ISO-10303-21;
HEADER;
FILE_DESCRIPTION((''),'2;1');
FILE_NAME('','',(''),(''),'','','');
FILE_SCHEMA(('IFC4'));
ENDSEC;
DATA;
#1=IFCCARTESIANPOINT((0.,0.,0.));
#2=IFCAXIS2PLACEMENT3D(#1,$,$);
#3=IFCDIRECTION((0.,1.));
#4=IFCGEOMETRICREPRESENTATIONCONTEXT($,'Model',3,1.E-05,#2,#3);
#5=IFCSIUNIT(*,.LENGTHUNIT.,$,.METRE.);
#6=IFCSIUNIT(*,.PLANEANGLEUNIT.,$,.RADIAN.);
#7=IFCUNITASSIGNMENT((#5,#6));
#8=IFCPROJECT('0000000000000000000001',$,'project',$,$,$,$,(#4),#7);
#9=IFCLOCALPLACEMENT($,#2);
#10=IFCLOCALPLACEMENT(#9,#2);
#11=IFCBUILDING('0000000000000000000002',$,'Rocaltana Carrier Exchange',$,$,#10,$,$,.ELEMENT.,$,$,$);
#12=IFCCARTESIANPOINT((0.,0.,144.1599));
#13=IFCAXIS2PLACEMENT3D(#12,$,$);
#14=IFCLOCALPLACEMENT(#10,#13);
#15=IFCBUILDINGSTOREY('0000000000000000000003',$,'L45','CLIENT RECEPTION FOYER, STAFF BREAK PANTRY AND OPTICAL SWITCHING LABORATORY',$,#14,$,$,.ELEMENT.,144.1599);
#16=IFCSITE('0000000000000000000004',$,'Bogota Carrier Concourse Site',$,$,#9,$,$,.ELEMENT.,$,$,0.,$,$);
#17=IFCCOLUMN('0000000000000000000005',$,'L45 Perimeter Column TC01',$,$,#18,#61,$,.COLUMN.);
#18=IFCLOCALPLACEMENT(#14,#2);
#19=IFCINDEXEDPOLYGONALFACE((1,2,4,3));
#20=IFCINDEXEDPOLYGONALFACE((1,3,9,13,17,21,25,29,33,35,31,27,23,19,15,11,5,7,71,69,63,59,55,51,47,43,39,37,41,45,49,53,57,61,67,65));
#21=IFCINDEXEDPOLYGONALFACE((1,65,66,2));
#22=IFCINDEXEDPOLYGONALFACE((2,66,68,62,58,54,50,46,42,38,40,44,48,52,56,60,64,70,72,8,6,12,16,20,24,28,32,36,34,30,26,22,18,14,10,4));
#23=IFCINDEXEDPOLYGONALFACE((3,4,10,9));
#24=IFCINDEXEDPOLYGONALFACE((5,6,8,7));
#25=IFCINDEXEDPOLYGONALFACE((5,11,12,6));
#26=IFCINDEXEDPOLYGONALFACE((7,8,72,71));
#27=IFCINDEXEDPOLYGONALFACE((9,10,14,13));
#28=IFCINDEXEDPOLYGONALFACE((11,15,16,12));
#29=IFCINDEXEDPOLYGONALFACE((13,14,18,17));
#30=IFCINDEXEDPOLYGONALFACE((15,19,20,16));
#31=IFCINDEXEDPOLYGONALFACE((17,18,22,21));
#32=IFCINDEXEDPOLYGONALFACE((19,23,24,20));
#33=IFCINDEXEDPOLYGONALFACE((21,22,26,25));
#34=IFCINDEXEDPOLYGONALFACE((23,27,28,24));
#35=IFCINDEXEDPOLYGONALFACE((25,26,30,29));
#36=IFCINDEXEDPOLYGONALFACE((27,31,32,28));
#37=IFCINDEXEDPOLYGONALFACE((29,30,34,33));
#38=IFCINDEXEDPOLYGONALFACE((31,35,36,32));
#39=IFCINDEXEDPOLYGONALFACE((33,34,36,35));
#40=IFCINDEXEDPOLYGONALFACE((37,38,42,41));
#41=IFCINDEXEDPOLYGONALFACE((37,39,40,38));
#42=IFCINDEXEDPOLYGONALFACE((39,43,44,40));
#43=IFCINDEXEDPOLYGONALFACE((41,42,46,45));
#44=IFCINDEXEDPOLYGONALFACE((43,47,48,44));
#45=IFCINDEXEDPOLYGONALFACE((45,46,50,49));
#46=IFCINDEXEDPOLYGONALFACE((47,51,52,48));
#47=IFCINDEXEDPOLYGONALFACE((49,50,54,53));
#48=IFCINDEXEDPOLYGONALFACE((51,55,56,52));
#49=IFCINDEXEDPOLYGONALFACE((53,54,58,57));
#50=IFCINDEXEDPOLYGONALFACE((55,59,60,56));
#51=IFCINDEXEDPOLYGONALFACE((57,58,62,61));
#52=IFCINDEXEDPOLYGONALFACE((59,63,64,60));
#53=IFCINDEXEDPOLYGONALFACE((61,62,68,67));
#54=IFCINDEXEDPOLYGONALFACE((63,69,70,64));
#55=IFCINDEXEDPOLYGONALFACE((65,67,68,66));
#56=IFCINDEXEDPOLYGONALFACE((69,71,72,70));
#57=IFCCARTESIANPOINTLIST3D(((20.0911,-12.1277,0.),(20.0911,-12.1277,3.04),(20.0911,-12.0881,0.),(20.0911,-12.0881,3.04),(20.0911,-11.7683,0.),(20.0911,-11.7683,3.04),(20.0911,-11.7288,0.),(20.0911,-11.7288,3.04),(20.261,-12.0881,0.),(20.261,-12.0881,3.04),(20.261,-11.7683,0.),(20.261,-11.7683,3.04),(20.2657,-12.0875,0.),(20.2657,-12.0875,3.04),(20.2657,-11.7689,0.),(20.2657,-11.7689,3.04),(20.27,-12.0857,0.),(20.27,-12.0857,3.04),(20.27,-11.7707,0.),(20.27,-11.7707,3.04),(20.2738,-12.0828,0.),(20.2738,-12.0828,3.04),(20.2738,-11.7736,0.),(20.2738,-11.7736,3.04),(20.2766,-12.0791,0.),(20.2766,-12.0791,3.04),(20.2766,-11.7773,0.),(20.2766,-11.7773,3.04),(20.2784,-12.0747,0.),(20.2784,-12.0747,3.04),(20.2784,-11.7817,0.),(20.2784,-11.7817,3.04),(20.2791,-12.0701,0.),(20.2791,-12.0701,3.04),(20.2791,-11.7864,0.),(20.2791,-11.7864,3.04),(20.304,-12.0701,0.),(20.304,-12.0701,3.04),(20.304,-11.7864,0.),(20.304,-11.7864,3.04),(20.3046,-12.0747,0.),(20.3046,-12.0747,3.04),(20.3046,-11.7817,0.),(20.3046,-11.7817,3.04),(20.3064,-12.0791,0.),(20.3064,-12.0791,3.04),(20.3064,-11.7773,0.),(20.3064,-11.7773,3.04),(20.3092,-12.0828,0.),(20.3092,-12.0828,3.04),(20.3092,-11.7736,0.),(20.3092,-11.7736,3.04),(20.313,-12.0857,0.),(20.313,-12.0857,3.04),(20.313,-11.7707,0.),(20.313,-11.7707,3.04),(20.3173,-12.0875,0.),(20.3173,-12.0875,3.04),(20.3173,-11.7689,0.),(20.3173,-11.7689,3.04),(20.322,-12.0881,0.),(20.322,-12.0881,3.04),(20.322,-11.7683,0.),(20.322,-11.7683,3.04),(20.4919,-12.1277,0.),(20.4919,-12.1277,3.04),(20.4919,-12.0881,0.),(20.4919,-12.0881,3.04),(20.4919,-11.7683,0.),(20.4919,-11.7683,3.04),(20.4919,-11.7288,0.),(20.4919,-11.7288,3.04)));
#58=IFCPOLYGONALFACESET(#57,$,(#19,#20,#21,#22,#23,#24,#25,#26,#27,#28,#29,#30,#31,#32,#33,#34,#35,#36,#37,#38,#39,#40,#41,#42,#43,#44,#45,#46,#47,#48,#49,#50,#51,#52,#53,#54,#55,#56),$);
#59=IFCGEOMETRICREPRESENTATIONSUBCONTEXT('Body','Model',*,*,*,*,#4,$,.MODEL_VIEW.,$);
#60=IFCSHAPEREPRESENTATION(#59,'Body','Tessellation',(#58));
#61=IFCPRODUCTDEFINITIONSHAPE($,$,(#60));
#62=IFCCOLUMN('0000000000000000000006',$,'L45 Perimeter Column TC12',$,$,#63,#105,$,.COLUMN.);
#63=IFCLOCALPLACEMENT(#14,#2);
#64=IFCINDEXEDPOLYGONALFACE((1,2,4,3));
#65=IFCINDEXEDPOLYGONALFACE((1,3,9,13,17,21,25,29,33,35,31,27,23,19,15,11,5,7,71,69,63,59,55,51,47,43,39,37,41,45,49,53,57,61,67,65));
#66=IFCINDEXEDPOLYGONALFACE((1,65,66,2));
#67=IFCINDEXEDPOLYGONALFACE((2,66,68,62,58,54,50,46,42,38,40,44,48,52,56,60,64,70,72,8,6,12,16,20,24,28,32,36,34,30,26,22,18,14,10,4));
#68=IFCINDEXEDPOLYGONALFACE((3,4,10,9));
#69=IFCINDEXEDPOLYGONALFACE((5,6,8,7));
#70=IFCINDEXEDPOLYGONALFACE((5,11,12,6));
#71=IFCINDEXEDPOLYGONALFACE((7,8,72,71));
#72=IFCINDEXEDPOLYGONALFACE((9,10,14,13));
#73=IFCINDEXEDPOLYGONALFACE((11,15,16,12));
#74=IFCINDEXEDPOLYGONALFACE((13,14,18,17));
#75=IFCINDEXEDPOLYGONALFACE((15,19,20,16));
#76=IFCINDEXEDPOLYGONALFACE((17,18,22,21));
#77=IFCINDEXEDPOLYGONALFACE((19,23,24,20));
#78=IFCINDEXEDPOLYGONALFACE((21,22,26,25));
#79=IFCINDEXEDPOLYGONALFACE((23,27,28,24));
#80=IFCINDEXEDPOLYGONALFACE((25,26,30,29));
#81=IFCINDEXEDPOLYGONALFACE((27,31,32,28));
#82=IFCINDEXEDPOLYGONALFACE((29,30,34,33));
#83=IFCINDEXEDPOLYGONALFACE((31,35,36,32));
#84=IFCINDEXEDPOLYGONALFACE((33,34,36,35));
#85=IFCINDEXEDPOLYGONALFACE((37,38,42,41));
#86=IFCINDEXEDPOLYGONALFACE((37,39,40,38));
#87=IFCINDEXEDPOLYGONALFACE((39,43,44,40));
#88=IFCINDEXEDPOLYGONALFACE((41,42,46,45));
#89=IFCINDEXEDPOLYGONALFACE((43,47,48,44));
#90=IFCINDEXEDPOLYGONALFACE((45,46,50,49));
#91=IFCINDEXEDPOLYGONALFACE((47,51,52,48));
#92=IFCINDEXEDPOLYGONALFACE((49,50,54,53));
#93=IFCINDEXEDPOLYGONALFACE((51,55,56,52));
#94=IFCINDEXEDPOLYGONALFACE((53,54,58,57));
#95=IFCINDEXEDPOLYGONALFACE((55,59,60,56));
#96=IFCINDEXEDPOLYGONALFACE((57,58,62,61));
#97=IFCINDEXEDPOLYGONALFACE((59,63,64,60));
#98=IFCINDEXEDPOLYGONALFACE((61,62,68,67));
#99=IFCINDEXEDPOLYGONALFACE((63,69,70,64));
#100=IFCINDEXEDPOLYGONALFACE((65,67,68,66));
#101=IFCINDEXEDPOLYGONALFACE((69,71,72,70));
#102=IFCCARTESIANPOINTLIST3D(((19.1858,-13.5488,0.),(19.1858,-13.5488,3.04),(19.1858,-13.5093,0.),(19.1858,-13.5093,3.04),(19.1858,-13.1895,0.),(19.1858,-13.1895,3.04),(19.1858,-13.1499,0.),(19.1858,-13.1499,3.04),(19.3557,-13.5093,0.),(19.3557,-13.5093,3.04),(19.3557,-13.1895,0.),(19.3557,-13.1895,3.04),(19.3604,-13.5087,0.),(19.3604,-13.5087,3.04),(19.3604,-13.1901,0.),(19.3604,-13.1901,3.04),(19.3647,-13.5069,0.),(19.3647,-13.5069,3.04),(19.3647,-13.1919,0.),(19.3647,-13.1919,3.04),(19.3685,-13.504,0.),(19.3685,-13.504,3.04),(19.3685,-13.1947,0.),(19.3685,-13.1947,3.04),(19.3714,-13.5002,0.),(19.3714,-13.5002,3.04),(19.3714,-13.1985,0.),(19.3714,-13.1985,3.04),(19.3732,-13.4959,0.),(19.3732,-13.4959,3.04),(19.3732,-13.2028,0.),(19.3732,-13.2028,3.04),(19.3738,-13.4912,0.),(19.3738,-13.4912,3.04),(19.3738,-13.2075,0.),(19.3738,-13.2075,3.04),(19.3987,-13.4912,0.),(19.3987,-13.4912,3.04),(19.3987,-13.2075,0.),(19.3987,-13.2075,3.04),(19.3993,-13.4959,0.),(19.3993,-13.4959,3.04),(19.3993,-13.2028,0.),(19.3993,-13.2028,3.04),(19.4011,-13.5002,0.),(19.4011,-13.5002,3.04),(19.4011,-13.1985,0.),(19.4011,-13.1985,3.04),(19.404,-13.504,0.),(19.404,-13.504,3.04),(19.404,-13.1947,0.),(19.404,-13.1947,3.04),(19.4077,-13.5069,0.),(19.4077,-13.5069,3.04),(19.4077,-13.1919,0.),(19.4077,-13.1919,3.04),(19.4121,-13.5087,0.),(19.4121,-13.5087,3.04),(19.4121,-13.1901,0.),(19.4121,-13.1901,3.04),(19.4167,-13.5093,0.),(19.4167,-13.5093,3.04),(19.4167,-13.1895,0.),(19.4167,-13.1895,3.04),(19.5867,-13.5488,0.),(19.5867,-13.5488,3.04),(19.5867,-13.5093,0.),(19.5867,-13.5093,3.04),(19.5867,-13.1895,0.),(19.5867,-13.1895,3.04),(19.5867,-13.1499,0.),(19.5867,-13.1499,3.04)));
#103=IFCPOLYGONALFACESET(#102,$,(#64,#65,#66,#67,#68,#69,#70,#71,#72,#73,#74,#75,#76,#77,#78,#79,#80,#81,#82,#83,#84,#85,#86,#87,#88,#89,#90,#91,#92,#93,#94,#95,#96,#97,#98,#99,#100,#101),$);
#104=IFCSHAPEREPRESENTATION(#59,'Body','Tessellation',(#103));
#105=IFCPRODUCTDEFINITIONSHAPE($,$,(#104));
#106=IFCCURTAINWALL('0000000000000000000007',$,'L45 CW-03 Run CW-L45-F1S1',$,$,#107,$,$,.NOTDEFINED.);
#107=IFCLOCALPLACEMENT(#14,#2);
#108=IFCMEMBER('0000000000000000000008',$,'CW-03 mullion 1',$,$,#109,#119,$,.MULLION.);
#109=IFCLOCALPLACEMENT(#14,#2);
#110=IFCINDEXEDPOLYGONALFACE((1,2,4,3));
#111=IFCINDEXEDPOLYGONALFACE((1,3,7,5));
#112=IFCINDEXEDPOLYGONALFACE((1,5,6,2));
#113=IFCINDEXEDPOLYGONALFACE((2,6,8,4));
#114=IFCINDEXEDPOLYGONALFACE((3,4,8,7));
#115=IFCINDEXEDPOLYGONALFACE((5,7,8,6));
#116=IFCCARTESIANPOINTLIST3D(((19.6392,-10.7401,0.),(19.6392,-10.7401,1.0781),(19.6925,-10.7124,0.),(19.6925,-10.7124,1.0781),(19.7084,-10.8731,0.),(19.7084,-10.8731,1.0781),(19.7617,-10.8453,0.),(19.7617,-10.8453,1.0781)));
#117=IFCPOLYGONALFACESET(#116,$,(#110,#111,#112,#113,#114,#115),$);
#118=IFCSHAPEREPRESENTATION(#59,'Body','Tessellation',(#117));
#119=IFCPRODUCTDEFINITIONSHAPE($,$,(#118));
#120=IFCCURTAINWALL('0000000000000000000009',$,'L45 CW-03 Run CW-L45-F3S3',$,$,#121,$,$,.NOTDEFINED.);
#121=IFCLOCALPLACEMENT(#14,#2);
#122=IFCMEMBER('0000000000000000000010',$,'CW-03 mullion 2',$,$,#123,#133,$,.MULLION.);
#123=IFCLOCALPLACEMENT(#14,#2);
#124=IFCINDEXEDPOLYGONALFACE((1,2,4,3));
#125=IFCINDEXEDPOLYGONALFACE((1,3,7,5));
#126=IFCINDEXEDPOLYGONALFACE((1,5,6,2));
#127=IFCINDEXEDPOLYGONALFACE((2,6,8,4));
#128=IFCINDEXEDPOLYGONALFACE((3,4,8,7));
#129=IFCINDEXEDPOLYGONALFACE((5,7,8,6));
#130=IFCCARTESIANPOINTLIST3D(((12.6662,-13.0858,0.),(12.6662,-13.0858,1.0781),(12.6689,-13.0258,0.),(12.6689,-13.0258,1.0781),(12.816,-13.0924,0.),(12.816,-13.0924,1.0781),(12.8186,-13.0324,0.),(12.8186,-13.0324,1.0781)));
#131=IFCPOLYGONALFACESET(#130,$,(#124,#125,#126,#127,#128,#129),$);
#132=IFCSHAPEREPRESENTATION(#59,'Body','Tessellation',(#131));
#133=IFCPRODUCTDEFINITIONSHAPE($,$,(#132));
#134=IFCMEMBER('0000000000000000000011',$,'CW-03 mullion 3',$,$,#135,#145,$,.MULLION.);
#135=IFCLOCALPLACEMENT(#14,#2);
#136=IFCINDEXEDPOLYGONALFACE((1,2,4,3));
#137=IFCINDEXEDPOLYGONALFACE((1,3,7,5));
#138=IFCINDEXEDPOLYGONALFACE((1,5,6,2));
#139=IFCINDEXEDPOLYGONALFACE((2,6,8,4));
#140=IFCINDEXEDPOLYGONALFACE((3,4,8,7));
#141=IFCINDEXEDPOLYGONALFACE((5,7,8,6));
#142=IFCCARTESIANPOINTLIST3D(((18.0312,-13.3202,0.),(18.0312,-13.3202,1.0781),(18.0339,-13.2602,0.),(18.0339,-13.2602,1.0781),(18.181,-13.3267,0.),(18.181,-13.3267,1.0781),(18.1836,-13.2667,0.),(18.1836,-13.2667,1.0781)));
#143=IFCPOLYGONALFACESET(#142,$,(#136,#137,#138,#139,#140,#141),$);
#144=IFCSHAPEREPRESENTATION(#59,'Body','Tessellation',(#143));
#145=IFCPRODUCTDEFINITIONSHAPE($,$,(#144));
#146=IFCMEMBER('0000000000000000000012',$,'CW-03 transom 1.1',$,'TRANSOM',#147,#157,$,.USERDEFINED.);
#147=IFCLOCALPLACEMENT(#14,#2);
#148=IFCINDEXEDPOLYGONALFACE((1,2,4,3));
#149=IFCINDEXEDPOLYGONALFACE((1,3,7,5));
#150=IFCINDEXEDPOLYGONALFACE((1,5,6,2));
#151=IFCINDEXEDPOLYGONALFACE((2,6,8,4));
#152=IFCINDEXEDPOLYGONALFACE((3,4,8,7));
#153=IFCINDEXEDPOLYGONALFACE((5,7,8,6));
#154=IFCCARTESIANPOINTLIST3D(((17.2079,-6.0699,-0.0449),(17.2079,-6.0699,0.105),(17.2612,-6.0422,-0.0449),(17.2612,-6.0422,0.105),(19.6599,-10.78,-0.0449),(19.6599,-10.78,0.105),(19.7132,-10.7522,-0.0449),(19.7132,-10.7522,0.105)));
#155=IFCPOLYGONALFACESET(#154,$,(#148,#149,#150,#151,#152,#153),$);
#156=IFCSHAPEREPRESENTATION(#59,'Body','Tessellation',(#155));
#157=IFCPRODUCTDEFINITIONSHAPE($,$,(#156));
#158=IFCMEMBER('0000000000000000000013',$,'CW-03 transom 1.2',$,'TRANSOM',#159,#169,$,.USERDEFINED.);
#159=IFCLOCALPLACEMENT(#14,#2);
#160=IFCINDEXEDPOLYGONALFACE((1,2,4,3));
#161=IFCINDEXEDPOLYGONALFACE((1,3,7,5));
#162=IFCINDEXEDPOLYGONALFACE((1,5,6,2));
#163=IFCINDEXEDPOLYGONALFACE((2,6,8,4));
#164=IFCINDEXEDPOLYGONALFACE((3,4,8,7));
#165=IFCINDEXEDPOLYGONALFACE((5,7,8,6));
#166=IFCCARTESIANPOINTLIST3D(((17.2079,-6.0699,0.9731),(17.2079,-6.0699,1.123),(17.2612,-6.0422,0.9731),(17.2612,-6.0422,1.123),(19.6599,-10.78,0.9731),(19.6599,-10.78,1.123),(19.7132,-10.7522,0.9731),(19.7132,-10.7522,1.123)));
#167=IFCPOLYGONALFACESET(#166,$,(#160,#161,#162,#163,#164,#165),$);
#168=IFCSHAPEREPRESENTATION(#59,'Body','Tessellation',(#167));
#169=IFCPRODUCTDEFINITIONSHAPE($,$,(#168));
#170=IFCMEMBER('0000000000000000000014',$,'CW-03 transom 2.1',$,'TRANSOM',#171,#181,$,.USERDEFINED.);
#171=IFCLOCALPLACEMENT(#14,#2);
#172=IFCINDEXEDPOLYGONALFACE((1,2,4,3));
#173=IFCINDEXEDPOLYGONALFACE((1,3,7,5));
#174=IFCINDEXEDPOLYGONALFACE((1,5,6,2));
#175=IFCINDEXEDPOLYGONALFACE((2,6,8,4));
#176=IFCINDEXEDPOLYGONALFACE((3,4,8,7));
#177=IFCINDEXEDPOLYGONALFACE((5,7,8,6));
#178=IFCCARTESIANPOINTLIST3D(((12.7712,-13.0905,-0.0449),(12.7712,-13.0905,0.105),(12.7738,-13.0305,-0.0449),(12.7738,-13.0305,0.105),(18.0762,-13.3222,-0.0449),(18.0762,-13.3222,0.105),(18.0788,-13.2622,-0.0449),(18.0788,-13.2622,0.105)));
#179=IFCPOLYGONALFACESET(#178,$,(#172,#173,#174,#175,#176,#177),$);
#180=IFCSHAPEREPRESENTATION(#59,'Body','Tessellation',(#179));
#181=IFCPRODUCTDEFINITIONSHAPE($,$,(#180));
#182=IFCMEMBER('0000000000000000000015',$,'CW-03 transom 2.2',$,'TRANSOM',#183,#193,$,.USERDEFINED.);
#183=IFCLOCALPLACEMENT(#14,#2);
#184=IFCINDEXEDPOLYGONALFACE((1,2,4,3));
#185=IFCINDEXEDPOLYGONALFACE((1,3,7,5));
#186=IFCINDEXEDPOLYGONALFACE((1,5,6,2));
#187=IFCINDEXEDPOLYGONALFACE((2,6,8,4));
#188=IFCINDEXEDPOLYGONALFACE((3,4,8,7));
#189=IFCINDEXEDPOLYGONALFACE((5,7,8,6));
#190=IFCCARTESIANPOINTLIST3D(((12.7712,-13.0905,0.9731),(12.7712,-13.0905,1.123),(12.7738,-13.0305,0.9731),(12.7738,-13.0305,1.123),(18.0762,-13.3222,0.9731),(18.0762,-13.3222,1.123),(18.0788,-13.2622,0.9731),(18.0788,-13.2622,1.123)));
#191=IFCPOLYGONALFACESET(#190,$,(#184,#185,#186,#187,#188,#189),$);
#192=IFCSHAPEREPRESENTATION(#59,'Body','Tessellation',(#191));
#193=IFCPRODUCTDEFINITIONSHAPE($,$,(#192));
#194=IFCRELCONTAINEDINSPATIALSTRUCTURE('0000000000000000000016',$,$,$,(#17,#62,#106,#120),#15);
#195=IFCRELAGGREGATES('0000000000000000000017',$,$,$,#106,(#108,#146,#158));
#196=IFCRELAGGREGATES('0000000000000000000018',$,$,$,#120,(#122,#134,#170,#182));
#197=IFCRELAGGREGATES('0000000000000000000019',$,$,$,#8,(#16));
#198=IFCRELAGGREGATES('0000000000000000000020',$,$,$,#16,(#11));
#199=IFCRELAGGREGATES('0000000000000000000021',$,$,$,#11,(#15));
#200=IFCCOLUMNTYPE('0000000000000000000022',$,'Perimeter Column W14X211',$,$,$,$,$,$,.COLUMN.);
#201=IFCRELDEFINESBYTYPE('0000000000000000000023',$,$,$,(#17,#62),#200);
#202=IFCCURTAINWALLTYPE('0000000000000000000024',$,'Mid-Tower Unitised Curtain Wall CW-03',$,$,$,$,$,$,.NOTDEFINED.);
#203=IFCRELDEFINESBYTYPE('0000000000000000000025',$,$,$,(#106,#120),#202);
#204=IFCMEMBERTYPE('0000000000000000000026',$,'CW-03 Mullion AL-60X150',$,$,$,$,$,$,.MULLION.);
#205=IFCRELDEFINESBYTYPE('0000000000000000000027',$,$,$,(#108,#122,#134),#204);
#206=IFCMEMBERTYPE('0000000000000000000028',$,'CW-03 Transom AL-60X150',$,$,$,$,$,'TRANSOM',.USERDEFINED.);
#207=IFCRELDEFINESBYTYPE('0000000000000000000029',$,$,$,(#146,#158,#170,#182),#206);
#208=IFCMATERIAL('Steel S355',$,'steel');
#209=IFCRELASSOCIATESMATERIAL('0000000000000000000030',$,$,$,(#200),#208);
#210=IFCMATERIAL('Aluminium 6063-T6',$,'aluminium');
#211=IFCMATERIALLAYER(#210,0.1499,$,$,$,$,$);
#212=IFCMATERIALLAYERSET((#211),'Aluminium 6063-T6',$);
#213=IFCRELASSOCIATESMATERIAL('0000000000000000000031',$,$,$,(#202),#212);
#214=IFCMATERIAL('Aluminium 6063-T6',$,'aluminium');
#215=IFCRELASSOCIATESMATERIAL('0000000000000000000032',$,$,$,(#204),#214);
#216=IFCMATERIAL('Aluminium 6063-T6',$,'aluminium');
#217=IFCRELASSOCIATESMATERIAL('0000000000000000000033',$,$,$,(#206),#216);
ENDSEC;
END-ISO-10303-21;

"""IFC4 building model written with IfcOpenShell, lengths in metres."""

from ifc_helpers import new_model, si_unit, direction, frame, origin, origin_2d, place, context, subcontext, project, spatial, rectangle, i_section, extrude, material, layer, layer_set, material_profile, profile_set, type_object, element, aggregate, save


model = new_model("IFC4")

# Units and contexts
model_context = context("Model", 3, precision=1e-05, world=origin(), true_north=direction((0.0, 1.0)))
body_context = subcontext(model_context, "Body", "Model", "MODEL_VIEW")
ifc_project = project(units=[si_unit("LENGTHUNIT", "METRE"), si_unit("PLANEANGLEUNIT", "RADIAN")], contexts=[model_context])

# Site, building, storey
site_placement = place(None, origin())
site = spatial("IfcSite", under=ifc_project, at=site_placement, Name="Bogota Carrier Concourse Site", CompositionType="ELEMENT", RefElevation=0.0)
building_placement = place(site_placement, origin())
building = spatial("IfcBuilding", under=site, at=building_placement, Name="Rocaltana Carrier Exchange", CompositionType="ELEMENT")
storey_placement = place(building_placement, frame((0.0, 0.0, 144.1599)))
storey = spatial("IfcBuildingStorey", under=building, at=storey_placement, Name="L45", Description="CLIENT RECEPTION FOYER, STAFF BREAK PANTRY AND OPTICAL SWITCHING LABORATORY", CompositionType="ELEMENT", Elevation=144.1599)

# Columns
ifc_material_1 = material(Name="Steel S355", Category="steel")
ifc_material_profile_1 = material_profile(ifc_material_1, i_section(OverallWidth=0.4009, OverallDepth=0.3989, WebThickness=0.0249, FlangeThickness=0.0396, FilletRadius=0.0181, at=origin_2d()), Name="W14X211")
ifc_profile_set_1 = profile_set([ifc_material_profile_1], Name="Steel S355")
column_type = type_object("IfcColumnType", Name="Perimeter Column W14X211", PredefinedType="COLUMN", material=ifc_profile_set_1)
for number, where, z_axis, x_axis, name in (
    (1, (20.2915, -11.9282, 0.0), (0.0, 0.0, 1.0), (1.0, 0.0, 0.0), "L45 Perimeter Column TC01"),
    (2, (19.3862, -13.3494, 0.0), (0.0, 0.0, 1.0), (1.0, 0.0, 0.0), "L45 Perimeter Column TC12"),
):
    element("IfcColumn", number, at=place(storey_placement, frame(where, z_axis=z_axis, x_axis=x_axis)), inside=storey, type_object=column_type, Name=name, PredefinedType="COLUMN", context=body_context, shape_type="SweptSolid", body=[
        extrude(i_section(OverallWidth=0.4009, OverallDepth=0.3989, WebThickness=0.0249, FlangeThickness=0.0396, FilletRadius=0.0181, at=origin_2d()), origin(), (0.0, 0.0, 1.0), 3.04),
    ])

# Curtain wall, member
ifc_material_2 = material(Name="Aluminium 6063-T6", Category="aluminium")
ifc_layer_1 = layer(ifc_material_2, 0.1499)
ifc_layer_set_1 = layer_set([ifc_layer_1], Name="Aluminium 6063-T6")
curtain_wall_type = type_object("IfcCurtainWallType", Name="Mid-Tower Unitised Curtain Wall CW-03", PredefinedType="NOTDEFINED", material=ifc_layer_set_1)
curtain_wall_1_placement = place(storey_placement, origin())
curtain_wall_1 = element("IfcCurtainWall", 3, at=curtain_wall_1_placement, inside=storey, type_object=curtain_wall_type, Name="L45 CW-03 Run CW-L45-F1S1", PredefinedType="NOTDEFINED")
ifc_material_3 = material(Name="Aluminium 6063-T6", Category="aluminium")
ifc_material_profile_2 = material_profile(ifc_material_3, rectangle(XDim=0.0601, YDim=0.1499, at=origin_2d()), Name="AL-60X150")
ifc_profile_set_2 = profile_set([ifc_material_profile_2], Name="Aluminium 6063-T6")
member_type_1 = type_object("IfcMemberType", Name="CW-03 Mullion AL-60X150", PredefinedType="MULLION", material=ifc_profile_set_2)
member_1_placement = place(storey_placement, frame((19.7004, -10.7927, 0.0), z_axis=(0.0, 0.0, 1.0), x_axis=(-0.88701, -0.46175, 0.0)))
member_1 = element("IfcMember", 4, at=member_1_placement, type_object=member_type_1, Name="CW-03 mullion 1", PredefinedType="MULLION", context=body_context, shape_type="SweptSolid", body=[
    extrude(rectangle(XDim=0.0601, YDim=0.1499, at=origin_2d()), origin(), (0.0, 0.0, 1.0), 1.0781),
])

# Curtain wall, members
curtain_wall_2_placement = place(storey_placement, origin())
curtain_wall_2 = element("IfcCurtainWall", 5, at=curtain_wall_2_placement, inside=storey, type_object=curtain_wall_type, Name="L45 CW-03 Run CW-L45-F3S3", PredefinedType="NOTDEFINED")
member_2_placement = place(storey_placement, frame((12.7424, -13.0591, 0.0), z_axis=(0.0, 0.0, 1.0), x_axis=(0.043629, 0.999048, 0.0)))
member_2 = element("IfcMember", 6, at=member_2_placement, type_object=member_type_1, Name="CW-03 mullion 2", PredefinedType="MULLION", context=body_context, shape_type="SweptSolid", body=[
    extrude(rectangle(XDim=0.0601, YDim=0.1499, at=origin_2d()), origin(), (0.0, 0.0, 1.0), 1.0781),
])
member_3_placement = place(storey_placement, frame((18.1074, -13.2935, 0.0), z_axis=(0.0, 0.0, 1.0), x_axis=(0.043629, 0.999048, 0.0)))
member_3 = element("IfcMember", 7, at=member_3_placement, type_object=member_type_1, Name="CW-03 mullion 3", PredefinedType="MULLION", context=body_context, shape_type="SweptSolid", body=[
    extrude(rectangle(XDim=0.0601, YDim=0.1499, at=origin_2d()), origin(), (0.0, 0.0, 1.0), 1.0781),
])

# Members
ifc_material_4 = material(Name="Aluminium 6063-T6", Category="aluminium")
ifc_material_profile_3 = material_profile(ifc_material_4, rectangle(XDim=0.0601, YDim=0.1499, at=origin_2d()), Name="AL-60X150")
ifc_profile_set_3 = profile_set([ifc_material_profile_3], Name="Aluminium 6063-T6")
member_type_2 = type_object("IfcMemberType", Name="CW-03 Transom AL-60X150", ElementType="TRANSOM", PredefinedType="USERDEFINED", material=ifc_profile_set_3)
member_4_placement = place(storey_placement, frame((19.6865, -10.7661, 0.03), z_axis=(-0.461757, 0.887007, 0.0), x_axis=(-0.887007, -0.461757, 0.0)))
member_4 = element("IfcMember", 8, at=member_4_placement, type_object=member_type_2, Name="CW-03 transom 1.1", ObjectType="TRANSOM", PredefinedType="USERDEFINED", context=body_context, shape_type="SweptSolid", body=[
    extrude(rectangle(XDim=0.0601, YDim=0.1499, at=origin_2d()), origin(), (0.0, 0.0, 1.0), 5.3101),
])
member_5_placement = place(storey_placement, frame((19.6865, -10.7661, 1.0481), z_axis=(-0.461757, 0.887007, 0.0), x_axis=(-0.887007, -0.461757, 0.0)))
member_5 = element("IfcMember", 9, at=member_5_placement, type_object=member_type_2, Name="CW-03 transom 1.2", ObjectType="TRANSOM", PredefinedType="USERDEFINED", context=body_context, shape_type="SweptSolid", body=[
    extrude(rectangle(XDim=0.0601, YDim=0.1499, at=origin_2d()), origin(), (0.0, 0.0, 1.0), 5.3101),
])
aggregate(curtain_wall_1, [member_1, member_4, member_5])
member_6_placement = place(storey_placement, frame((12.7725, -13.0605, 0.03), z_axis=(0.999048, -0.043633, 0.0), x_axis=(0.043633, 0.999048, 0.0)))
member_6 = element("IfcMember", 10, at=member_6_placement, type_object=member_type_2, Name="CW-03 transom 2.1", ObjectType="TRANSOM", PredefinedType="USERDEFINED", context=body_context, shape_type="SweptSolid", body=[
    extrude(rectangle(XDim=0.0601, YDim=0.1499, at=origin_2d()), origin(), (0.0, 0.0, 1.0), 5.3101),
])
member_7_placement = place(storey_placement, frame((12.7725, -13.0605, 1.0481), z_axis=(0.999048, -0.043633, 0.0), x_axis=(0.043633, 0.999048, 0.0)))
member_7 = element("IfcMember", 11, at=member_7_placement, type_object=member_type_2, Name="CW-03 transom 2.2", ObjectType="TRANSOM", PredefinedType="USERDEFINED", context=body_context, shape_type="SweptSolid", body=[
    extrude(rectangle(XDim=0.0601, YDim=0.1499, at=origin_2d()), origin(), (0.0, 0.0, 1.0), 5.3101),
])

aggregate(curtain_wall_2, [member_2, member_3, member_6, member_7])

save(model, "model.ifc")
